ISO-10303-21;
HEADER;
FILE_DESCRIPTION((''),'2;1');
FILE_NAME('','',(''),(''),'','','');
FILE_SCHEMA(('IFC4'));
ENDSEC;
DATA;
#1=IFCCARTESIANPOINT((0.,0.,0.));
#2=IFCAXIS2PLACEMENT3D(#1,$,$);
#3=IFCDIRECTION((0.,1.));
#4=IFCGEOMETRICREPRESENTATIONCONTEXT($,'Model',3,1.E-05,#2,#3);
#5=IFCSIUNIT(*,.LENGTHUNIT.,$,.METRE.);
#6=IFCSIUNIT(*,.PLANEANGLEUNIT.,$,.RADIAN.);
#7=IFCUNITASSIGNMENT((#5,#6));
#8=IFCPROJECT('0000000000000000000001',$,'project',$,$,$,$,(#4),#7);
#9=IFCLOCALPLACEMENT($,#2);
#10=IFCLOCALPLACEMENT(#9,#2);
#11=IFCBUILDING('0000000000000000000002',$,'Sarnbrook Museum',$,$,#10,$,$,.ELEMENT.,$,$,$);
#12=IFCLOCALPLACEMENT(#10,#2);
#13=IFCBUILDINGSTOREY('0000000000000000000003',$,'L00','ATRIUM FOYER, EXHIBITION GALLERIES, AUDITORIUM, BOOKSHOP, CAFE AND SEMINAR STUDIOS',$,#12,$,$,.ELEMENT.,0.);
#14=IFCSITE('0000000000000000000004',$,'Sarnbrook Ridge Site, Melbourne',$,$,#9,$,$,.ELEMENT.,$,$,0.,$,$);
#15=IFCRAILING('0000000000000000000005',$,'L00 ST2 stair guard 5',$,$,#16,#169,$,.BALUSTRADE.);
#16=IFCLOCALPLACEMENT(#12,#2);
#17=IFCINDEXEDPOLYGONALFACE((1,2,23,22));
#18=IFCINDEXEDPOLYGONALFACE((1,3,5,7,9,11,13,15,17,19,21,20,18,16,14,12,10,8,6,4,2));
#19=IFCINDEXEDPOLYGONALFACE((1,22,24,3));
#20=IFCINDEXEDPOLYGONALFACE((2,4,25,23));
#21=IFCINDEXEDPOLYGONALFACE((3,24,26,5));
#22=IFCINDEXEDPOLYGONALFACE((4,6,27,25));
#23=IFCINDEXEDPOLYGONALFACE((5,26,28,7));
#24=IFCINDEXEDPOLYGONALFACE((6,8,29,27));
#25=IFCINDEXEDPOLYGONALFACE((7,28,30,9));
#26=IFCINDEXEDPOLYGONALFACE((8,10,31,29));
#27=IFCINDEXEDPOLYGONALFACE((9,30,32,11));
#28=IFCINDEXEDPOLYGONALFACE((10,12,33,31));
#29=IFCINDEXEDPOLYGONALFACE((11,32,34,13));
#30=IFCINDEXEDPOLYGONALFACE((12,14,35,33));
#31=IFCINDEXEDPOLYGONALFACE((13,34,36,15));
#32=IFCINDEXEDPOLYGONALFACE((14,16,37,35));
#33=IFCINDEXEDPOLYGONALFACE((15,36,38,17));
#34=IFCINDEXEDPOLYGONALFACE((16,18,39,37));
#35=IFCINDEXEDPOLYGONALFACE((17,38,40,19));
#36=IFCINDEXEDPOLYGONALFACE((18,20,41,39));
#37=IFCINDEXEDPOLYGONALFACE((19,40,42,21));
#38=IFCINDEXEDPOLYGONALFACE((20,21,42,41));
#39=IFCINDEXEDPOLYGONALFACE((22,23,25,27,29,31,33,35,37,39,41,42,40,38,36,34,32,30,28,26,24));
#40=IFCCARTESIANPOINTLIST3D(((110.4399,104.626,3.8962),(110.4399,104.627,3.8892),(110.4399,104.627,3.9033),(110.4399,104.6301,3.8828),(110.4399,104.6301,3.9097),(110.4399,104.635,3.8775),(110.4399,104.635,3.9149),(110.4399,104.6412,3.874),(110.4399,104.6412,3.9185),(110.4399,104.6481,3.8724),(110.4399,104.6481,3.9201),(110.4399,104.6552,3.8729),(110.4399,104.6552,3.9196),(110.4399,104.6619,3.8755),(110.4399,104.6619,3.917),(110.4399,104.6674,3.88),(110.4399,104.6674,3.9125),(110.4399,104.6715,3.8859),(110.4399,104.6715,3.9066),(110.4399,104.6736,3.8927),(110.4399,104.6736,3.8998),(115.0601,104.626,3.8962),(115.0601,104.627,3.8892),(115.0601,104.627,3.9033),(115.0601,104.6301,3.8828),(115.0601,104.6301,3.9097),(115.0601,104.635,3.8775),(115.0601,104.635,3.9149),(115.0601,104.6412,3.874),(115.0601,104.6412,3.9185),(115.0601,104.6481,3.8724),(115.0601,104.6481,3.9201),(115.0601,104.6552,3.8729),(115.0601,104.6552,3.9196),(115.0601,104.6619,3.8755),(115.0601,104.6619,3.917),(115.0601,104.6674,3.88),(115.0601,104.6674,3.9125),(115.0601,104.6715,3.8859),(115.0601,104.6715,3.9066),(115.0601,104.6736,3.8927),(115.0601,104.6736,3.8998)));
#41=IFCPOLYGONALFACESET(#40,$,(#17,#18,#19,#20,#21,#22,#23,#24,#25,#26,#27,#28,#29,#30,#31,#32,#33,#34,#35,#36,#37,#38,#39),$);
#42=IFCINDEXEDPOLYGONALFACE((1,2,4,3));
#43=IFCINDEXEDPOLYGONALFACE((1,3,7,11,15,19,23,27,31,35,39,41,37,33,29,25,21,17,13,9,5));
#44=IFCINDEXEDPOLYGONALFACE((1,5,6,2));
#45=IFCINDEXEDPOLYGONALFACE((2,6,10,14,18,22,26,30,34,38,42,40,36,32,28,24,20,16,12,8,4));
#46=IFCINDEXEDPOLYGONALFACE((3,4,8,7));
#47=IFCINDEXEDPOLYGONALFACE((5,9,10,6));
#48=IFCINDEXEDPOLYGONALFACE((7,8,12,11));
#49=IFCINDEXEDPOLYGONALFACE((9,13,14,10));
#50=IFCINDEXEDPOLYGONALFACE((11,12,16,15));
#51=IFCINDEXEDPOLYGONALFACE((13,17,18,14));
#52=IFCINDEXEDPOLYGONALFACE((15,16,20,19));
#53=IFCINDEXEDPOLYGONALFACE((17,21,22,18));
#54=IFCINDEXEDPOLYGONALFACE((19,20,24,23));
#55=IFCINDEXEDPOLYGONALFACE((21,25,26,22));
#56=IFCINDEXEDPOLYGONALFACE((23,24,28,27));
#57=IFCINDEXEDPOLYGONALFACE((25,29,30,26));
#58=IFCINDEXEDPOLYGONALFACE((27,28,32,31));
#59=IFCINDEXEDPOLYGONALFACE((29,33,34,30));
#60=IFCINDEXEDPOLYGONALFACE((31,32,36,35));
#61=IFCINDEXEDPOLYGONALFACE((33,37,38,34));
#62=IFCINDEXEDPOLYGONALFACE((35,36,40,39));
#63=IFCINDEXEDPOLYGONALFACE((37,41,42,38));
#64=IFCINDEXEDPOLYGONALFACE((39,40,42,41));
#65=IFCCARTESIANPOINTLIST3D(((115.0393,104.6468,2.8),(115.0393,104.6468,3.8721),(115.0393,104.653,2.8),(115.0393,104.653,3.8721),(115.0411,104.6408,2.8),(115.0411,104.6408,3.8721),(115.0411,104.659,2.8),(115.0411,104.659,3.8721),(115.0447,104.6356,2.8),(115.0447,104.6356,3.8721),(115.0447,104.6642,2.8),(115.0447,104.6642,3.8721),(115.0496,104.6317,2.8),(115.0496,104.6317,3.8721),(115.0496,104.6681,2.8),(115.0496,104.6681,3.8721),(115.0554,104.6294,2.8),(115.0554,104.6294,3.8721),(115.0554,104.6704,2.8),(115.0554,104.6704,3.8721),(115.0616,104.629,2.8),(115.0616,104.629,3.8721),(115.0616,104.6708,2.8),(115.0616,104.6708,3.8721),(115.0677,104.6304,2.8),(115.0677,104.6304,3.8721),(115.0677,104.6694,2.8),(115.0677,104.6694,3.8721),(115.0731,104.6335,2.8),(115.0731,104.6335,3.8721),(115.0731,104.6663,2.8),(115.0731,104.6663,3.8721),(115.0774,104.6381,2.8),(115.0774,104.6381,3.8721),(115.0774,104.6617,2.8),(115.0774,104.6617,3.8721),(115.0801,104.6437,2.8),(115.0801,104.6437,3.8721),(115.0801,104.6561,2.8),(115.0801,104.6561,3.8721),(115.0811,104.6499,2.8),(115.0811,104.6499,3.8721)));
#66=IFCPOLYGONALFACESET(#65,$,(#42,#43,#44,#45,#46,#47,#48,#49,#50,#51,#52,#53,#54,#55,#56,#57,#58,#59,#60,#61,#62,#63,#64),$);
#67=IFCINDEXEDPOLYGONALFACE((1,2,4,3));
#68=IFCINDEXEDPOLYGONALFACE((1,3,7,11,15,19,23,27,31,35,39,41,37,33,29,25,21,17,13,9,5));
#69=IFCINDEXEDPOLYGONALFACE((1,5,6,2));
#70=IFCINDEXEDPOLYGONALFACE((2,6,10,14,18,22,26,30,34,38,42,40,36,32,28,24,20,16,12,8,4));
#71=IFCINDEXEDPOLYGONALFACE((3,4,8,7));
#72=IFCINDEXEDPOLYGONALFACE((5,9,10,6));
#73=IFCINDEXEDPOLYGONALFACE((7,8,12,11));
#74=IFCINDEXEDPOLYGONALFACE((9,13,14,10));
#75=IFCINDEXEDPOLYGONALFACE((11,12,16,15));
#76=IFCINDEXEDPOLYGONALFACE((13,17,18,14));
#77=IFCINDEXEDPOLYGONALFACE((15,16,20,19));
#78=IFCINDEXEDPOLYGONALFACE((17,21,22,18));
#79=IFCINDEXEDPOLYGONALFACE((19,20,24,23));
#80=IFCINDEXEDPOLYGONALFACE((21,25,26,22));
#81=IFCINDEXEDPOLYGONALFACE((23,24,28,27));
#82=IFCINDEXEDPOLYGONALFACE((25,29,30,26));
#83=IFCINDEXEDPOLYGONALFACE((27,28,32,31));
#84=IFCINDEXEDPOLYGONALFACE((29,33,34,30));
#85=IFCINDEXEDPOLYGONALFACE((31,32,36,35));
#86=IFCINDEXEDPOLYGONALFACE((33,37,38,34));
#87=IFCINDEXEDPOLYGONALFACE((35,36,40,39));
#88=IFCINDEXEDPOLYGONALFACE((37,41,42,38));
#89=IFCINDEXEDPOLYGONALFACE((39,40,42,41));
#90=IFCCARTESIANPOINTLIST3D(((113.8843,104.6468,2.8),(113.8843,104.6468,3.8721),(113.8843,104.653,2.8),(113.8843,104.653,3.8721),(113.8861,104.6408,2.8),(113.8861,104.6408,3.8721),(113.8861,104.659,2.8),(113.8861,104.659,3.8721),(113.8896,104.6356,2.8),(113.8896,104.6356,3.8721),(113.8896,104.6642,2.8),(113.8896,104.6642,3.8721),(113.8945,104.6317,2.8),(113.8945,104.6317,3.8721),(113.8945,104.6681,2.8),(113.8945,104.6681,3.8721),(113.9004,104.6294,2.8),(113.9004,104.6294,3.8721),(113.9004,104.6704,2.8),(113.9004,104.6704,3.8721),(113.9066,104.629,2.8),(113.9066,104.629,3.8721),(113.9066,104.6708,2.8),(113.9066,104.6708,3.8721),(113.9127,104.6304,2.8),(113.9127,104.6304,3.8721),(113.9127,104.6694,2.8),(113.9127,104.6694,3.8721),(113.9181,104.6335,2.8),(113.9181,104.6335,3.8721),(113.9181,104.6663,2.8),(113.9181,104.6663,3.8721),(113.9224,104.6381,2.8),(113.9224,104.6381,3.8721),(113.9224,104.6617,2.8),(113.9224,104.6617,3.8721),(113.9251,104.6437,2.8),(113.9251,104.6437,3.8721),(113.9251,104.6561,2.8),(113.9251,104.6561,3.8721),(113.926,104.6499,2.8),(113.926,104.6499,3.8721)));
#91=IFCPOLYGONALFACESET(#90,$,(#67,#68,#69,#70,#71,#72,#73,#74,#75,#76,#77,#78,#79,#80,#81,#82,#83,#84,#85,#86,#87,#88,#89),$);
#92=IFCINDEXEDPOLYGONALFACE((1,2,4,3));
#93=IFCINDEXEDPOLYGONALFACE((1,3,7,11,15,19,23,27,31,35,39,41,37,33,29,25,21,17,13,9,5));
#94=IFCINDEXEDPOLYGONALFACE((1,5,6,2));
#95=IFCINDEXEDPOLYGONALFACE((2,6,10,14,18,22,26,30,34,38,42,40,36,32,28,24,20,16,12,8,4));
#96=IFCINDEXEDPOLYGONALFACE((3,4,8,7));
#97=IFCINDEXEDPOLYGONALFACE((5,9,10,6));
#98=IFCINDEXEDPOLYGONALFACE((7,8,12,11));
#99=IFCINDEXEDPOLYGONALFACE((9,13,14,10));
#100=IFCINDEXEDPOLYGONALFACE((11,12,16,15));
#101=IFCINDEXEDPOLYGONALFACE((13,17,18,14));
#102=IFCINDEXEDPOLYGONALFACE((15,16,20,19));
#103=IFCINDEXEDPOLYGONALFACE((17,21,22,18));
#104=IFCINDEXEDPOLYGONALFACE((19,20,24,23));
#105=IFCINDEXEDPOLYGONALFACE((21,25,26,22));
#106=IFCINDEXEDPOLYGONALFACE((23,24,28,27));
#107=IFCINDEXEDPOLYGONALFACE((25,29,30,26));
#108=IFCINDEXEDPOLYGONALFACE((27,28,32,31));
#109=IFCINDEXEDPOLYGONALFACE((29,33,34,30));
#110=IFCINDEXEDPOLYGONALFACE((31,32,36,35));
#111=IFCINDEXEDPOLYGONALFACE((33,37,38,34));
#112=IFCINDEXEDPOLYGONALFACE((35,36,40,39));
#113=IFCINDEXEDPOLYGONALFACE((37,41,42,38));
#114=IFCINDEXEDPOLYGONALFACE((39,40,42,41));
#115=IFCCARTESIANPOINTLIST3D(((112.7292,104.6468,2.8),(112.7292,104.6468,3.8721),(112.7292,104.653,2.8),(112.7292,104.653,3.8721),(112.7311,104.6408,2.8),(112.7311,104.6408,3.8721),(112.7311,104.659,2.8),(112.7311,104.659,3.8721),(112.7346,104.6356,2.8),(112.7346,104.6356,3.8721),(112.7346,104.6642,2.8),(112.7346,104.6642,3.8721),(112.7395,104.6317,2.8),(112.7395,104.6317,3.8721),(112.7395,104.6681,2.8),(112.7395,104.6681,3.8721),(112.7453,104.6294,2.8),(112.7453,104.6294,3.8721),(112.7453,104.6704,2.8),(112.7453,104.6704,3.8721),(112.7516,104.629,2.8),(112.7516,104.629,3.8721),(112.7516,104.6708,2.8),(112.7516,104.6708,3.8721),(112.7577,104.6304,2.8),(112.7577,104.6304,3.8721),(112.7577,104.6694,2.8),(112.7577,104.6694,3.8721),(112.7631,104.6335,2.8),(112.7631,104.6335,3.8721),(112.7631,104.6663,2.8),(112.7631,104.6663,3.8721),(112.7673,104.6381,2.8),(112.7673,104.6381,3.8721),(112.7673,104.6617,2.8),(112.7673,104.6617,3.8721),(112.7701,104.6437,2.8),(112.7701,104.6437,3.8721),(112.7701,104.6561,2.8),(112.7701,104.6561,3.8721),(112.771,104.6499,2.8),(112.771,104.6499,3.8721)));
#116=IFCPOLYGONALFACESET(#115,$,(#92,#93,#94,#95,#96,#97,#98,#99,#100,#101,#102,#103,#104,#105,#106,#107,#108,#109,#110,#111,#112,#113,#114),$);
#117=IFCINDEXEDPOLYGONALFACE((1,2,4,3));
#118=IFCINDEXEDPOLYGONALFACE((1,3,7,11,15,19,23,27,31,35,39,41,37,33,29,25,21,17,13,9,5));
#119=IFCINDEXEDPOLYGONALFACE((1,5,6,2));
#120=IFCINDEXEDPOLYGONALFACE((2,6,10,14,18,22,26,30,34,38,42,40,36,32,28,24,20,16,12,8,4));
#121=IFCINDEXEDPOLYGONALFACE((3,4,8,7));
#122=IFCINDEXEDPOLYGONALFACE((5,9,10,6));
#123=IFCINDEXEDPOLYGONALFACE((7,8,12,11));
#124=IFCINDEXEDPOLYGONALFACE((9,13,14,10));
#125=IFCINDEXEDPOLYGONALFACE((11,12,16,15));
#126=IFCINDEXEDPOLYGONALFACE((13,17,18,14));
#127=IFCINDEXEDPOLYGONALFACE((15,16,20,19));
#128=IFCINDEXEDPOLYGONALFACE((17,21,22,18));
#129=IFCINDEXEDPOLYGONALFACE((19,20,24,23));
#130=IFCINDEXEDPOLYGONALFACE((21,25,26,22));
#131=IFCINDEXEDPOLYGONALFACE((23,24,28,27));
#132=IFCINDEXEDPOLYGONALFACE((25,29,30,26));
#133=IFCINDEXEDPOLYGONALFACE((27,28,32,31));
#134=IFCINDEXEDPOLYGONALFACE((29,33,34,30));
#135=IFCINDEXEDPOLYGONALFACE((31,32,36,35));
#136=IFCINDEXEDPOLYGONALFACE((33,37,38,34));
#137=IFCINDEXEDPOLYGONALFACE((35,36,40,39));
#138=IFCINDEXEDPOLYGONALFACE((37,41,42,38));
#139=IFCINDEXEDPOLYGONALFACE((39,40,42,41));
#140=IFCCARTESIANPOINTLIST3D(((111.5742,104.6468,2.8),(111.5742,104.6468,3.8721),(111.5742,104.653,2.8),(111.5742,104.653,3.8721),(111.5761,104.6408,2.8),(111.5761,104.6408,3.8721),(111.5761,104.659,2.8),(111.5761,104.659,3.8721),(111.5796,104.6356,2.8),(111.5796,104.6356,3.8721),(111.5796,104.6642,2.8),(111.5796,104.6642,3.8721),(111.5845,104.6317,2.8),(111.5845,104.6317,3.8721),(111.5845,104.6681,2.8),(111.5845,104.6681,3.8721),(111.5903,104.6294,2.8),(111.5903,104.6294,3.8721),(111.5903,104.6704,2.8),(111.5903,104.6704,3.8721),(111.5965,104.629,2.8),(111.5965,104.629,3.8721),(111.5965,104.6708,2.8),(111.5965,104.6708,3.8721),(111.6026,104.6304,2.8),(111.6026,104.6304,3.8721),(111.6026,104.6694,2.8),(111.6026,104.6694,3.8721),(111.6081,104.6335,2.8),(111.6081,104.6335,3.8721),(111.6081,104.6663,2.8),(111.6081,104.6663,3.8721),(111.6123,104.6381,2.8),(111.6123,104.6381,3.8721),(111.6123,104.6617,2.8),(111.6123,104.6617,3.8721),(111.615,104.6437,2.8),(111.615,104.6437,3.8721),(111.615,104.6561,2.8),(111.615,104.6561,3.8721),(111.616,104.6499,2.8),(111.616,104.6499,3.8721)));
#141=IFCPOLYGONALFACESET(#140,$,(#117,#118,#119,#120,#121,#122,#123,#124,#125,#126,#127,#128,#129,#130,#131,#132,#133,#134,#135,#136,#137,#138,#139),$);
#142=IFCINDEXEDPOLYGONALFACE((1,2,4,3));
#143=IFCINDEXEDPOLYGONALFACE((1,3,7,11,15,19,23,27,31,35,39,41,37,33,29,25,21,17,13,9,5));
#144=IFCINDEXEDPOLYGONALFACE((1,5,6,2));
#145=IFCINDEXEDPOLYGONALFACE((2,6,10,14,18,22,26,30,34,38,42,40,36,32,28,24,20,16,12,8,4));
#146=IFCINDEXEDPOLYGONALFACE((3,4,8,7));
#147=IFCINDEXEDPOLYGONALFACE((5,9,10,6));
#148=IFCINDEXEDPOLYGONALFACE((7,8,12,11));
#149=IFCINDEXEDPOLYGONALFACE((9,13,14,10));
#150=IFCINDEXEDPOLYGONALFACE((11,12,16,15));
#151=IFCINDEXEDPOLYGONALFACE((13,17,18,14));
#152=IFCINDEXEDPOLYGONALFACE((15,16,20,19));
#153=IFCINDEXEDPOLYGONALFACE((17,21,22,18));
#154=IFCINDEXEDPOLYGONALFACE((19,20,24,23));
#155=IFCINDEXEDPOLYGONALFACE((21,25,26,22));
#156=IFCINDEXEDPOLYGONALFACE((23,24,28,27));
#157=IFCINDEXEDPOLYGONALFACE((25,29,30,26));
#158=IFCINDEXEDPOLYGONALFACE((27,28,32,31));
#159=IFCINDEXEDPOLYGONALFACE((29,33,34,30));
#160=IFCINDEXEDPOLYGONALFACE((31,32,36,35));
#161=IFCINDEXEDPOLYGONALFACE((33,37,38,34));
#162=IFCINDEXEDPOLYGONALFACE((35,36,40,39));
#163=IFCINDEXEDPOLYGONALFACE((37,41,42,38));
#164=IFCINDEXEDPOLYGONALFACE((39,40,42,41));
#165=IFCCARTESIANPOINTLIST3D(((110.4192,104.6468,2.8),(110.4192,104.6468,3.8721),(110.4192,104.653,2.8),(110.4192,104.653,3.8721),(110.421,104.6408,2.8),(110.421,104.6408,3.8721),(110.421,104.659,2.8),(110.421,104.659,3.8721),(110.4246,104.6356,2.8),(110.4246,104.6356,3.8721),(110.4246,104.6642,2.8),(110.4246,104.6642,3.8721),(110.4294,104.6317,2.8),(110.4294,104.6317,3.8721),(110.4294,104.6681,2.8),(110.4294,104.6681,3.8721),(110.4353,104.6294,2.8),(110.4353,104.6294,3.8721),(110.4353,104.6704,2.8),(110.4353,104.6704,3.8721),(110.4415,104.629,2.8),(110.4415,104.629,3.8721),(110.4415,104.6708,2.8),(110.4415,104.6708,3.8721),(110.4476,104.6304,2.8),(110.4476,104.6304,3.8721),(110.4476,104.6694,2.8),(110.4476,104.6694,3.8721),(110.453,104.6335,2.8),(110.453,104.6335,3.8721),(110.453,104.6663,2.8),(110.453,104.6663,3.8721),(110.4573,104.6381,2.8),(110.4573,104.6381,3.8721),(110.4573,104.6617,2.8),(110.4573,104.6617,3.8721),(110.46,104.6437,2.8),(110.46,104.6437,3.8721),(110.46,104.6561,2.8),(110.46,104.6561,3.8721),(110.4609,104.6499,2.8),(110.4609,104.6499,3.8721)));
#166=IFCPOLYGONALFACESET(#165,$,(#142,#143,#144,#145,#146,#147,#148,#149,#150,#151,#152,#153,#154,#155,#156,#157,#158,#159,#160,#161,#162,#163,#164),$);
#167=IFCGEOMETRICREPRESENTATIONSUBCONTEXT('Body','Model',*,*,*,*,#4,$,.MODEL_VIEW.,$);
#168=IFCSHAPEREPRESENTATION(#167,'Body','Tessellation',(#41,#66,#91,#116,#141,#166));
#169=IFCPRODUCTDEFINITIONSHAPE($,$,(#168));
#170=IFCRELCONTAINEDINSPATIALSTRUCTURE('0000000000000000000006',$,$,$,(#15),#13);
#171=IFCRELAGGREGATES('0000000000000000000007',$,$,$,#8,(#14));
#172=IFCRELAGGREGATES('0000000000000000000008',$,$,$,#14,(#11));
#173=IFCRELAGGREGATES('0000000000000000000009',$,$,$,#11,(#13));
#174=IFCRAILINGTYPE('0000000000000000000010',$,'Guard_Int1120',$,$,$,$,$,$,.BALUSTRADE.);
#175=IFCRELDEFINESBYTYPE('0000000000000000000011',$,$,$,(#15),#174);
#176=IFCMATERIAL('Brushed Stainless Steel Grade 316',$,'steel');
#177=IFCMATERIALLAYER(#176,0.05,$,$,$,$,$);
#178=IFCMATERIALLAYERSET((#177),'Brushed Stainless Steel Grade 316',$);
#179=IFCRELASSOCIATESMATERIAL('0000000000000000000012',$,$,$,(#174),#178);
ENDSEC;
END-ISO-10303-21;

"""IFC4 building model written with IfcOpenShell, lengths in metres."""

from ifc_helpers import new_model, si_unit, direction, frame, origin, origin_2d, place, context, subcontext, project, spatial, circle, extrude, material, layer, layer_set, type_object, element, save


model = new_model("IFC4")

# Units and contexts
model_context = context("Model", 3, precision=1e-05, world=origin(), true_north=direction((0.0, 1.0)))
body_context = subcontext(model_context, "Body", "Model", "MODEL_VIEW")
ifc_project = project(units=[si_unit("LENGTHUNIT", "METRE"), si_unit("PLANEANGLEUNIT", "RADIAN")], contexts=[model_context])

# Site, building, storey
site_placement = place(None, origin())
site = spatial("IfcSite", under=ifc_project, at=site_placement, Name="Sarnbrook Ridge Site, Melbourne", CompositionType="ELEMENT", RefElevation=0.0)
building_placement = place(site_placement, origin())
building = spatial("IfcBuilding", under=site, at=building_placement, Name="Sarnbrook Museum", CompositionType="ELEMENT")
storey_placement = place(building_placement, origin())
storey = spatial("IfcBuildingStorey", under=building, at=storey_placement, Name="L00", Description="ATRIUM FOYER, EXHIBITION GALLERIES, AUDITORIUM, BOOKSHOP, CAFE AND SEMINAR STUDIOS", CompositionType="ELEMENT", Elevation=0.0)

# Shared definitions
ifc_material_1 = material(Name="Brushed Stainless Steel Grade 316", Category="steel")

# Railing
ifc_layer_1 = layer(ifc_material_1, 0.05)
ifc_layer_set_1 = layer_set([ifc_layer_1], Name="Brushed Stainless Steel Grade 316")
railing_type_1 = type_object("IfcRailingType", Name="Guard_Int1120", PredefinedType="BALUSTRADE", material=ifc_layer_set_1)
railing_1_placement = place(storey_placement, frame((115.0601, 104.6499, 2.8)))
element("IfcRailing", 1, at=railing_1_placement, inside=storey, type_object=railing_type_1, Name="L00 ST2 stair guard 5", PredefinedType="BALUSTRADE", context=body_context, shape_type="SweptSolid", body=[
    extrude(circle(Radius=0.0239, at=origin_2d()), frame((0.0, 0.0, 1.0962), z_axis=(-1.0, 0.0, 0.0), x_axis=(0.0, -1.0, 0.0)), (0.0, 0.0, 1.0), 4.6201),
    extrude(circle(Radius=0.021, at=origin_2d()), origin(), (0.0, 0.0, 1.0), 1.072),
    extrude(circle(Radius=0.021, at=origin_2d()), frame((-1.155, 0.0, 0.0)), (0.0, 0.0, 1.0), 1.072),
    extrude(circle(Radius=0.021, at=origin_2d()), frame((-2.3101, 0.0, 0.0)), (0.0, 0.0, 1.0), 1.072),
    extrude(circle(Radius=0.021, at=origin_2d()), frame((-3.4651, 0.0, 0.0)), (0.0, 0.0, 1.0), 1.072),
    extrude(circle(Radius=0.021, at=origin_2d()), frame((-4.6201, 0.0, 0.0)), (0.0, 0.0, 1.0), 1.072),
])

save(model, "model.ifc")
